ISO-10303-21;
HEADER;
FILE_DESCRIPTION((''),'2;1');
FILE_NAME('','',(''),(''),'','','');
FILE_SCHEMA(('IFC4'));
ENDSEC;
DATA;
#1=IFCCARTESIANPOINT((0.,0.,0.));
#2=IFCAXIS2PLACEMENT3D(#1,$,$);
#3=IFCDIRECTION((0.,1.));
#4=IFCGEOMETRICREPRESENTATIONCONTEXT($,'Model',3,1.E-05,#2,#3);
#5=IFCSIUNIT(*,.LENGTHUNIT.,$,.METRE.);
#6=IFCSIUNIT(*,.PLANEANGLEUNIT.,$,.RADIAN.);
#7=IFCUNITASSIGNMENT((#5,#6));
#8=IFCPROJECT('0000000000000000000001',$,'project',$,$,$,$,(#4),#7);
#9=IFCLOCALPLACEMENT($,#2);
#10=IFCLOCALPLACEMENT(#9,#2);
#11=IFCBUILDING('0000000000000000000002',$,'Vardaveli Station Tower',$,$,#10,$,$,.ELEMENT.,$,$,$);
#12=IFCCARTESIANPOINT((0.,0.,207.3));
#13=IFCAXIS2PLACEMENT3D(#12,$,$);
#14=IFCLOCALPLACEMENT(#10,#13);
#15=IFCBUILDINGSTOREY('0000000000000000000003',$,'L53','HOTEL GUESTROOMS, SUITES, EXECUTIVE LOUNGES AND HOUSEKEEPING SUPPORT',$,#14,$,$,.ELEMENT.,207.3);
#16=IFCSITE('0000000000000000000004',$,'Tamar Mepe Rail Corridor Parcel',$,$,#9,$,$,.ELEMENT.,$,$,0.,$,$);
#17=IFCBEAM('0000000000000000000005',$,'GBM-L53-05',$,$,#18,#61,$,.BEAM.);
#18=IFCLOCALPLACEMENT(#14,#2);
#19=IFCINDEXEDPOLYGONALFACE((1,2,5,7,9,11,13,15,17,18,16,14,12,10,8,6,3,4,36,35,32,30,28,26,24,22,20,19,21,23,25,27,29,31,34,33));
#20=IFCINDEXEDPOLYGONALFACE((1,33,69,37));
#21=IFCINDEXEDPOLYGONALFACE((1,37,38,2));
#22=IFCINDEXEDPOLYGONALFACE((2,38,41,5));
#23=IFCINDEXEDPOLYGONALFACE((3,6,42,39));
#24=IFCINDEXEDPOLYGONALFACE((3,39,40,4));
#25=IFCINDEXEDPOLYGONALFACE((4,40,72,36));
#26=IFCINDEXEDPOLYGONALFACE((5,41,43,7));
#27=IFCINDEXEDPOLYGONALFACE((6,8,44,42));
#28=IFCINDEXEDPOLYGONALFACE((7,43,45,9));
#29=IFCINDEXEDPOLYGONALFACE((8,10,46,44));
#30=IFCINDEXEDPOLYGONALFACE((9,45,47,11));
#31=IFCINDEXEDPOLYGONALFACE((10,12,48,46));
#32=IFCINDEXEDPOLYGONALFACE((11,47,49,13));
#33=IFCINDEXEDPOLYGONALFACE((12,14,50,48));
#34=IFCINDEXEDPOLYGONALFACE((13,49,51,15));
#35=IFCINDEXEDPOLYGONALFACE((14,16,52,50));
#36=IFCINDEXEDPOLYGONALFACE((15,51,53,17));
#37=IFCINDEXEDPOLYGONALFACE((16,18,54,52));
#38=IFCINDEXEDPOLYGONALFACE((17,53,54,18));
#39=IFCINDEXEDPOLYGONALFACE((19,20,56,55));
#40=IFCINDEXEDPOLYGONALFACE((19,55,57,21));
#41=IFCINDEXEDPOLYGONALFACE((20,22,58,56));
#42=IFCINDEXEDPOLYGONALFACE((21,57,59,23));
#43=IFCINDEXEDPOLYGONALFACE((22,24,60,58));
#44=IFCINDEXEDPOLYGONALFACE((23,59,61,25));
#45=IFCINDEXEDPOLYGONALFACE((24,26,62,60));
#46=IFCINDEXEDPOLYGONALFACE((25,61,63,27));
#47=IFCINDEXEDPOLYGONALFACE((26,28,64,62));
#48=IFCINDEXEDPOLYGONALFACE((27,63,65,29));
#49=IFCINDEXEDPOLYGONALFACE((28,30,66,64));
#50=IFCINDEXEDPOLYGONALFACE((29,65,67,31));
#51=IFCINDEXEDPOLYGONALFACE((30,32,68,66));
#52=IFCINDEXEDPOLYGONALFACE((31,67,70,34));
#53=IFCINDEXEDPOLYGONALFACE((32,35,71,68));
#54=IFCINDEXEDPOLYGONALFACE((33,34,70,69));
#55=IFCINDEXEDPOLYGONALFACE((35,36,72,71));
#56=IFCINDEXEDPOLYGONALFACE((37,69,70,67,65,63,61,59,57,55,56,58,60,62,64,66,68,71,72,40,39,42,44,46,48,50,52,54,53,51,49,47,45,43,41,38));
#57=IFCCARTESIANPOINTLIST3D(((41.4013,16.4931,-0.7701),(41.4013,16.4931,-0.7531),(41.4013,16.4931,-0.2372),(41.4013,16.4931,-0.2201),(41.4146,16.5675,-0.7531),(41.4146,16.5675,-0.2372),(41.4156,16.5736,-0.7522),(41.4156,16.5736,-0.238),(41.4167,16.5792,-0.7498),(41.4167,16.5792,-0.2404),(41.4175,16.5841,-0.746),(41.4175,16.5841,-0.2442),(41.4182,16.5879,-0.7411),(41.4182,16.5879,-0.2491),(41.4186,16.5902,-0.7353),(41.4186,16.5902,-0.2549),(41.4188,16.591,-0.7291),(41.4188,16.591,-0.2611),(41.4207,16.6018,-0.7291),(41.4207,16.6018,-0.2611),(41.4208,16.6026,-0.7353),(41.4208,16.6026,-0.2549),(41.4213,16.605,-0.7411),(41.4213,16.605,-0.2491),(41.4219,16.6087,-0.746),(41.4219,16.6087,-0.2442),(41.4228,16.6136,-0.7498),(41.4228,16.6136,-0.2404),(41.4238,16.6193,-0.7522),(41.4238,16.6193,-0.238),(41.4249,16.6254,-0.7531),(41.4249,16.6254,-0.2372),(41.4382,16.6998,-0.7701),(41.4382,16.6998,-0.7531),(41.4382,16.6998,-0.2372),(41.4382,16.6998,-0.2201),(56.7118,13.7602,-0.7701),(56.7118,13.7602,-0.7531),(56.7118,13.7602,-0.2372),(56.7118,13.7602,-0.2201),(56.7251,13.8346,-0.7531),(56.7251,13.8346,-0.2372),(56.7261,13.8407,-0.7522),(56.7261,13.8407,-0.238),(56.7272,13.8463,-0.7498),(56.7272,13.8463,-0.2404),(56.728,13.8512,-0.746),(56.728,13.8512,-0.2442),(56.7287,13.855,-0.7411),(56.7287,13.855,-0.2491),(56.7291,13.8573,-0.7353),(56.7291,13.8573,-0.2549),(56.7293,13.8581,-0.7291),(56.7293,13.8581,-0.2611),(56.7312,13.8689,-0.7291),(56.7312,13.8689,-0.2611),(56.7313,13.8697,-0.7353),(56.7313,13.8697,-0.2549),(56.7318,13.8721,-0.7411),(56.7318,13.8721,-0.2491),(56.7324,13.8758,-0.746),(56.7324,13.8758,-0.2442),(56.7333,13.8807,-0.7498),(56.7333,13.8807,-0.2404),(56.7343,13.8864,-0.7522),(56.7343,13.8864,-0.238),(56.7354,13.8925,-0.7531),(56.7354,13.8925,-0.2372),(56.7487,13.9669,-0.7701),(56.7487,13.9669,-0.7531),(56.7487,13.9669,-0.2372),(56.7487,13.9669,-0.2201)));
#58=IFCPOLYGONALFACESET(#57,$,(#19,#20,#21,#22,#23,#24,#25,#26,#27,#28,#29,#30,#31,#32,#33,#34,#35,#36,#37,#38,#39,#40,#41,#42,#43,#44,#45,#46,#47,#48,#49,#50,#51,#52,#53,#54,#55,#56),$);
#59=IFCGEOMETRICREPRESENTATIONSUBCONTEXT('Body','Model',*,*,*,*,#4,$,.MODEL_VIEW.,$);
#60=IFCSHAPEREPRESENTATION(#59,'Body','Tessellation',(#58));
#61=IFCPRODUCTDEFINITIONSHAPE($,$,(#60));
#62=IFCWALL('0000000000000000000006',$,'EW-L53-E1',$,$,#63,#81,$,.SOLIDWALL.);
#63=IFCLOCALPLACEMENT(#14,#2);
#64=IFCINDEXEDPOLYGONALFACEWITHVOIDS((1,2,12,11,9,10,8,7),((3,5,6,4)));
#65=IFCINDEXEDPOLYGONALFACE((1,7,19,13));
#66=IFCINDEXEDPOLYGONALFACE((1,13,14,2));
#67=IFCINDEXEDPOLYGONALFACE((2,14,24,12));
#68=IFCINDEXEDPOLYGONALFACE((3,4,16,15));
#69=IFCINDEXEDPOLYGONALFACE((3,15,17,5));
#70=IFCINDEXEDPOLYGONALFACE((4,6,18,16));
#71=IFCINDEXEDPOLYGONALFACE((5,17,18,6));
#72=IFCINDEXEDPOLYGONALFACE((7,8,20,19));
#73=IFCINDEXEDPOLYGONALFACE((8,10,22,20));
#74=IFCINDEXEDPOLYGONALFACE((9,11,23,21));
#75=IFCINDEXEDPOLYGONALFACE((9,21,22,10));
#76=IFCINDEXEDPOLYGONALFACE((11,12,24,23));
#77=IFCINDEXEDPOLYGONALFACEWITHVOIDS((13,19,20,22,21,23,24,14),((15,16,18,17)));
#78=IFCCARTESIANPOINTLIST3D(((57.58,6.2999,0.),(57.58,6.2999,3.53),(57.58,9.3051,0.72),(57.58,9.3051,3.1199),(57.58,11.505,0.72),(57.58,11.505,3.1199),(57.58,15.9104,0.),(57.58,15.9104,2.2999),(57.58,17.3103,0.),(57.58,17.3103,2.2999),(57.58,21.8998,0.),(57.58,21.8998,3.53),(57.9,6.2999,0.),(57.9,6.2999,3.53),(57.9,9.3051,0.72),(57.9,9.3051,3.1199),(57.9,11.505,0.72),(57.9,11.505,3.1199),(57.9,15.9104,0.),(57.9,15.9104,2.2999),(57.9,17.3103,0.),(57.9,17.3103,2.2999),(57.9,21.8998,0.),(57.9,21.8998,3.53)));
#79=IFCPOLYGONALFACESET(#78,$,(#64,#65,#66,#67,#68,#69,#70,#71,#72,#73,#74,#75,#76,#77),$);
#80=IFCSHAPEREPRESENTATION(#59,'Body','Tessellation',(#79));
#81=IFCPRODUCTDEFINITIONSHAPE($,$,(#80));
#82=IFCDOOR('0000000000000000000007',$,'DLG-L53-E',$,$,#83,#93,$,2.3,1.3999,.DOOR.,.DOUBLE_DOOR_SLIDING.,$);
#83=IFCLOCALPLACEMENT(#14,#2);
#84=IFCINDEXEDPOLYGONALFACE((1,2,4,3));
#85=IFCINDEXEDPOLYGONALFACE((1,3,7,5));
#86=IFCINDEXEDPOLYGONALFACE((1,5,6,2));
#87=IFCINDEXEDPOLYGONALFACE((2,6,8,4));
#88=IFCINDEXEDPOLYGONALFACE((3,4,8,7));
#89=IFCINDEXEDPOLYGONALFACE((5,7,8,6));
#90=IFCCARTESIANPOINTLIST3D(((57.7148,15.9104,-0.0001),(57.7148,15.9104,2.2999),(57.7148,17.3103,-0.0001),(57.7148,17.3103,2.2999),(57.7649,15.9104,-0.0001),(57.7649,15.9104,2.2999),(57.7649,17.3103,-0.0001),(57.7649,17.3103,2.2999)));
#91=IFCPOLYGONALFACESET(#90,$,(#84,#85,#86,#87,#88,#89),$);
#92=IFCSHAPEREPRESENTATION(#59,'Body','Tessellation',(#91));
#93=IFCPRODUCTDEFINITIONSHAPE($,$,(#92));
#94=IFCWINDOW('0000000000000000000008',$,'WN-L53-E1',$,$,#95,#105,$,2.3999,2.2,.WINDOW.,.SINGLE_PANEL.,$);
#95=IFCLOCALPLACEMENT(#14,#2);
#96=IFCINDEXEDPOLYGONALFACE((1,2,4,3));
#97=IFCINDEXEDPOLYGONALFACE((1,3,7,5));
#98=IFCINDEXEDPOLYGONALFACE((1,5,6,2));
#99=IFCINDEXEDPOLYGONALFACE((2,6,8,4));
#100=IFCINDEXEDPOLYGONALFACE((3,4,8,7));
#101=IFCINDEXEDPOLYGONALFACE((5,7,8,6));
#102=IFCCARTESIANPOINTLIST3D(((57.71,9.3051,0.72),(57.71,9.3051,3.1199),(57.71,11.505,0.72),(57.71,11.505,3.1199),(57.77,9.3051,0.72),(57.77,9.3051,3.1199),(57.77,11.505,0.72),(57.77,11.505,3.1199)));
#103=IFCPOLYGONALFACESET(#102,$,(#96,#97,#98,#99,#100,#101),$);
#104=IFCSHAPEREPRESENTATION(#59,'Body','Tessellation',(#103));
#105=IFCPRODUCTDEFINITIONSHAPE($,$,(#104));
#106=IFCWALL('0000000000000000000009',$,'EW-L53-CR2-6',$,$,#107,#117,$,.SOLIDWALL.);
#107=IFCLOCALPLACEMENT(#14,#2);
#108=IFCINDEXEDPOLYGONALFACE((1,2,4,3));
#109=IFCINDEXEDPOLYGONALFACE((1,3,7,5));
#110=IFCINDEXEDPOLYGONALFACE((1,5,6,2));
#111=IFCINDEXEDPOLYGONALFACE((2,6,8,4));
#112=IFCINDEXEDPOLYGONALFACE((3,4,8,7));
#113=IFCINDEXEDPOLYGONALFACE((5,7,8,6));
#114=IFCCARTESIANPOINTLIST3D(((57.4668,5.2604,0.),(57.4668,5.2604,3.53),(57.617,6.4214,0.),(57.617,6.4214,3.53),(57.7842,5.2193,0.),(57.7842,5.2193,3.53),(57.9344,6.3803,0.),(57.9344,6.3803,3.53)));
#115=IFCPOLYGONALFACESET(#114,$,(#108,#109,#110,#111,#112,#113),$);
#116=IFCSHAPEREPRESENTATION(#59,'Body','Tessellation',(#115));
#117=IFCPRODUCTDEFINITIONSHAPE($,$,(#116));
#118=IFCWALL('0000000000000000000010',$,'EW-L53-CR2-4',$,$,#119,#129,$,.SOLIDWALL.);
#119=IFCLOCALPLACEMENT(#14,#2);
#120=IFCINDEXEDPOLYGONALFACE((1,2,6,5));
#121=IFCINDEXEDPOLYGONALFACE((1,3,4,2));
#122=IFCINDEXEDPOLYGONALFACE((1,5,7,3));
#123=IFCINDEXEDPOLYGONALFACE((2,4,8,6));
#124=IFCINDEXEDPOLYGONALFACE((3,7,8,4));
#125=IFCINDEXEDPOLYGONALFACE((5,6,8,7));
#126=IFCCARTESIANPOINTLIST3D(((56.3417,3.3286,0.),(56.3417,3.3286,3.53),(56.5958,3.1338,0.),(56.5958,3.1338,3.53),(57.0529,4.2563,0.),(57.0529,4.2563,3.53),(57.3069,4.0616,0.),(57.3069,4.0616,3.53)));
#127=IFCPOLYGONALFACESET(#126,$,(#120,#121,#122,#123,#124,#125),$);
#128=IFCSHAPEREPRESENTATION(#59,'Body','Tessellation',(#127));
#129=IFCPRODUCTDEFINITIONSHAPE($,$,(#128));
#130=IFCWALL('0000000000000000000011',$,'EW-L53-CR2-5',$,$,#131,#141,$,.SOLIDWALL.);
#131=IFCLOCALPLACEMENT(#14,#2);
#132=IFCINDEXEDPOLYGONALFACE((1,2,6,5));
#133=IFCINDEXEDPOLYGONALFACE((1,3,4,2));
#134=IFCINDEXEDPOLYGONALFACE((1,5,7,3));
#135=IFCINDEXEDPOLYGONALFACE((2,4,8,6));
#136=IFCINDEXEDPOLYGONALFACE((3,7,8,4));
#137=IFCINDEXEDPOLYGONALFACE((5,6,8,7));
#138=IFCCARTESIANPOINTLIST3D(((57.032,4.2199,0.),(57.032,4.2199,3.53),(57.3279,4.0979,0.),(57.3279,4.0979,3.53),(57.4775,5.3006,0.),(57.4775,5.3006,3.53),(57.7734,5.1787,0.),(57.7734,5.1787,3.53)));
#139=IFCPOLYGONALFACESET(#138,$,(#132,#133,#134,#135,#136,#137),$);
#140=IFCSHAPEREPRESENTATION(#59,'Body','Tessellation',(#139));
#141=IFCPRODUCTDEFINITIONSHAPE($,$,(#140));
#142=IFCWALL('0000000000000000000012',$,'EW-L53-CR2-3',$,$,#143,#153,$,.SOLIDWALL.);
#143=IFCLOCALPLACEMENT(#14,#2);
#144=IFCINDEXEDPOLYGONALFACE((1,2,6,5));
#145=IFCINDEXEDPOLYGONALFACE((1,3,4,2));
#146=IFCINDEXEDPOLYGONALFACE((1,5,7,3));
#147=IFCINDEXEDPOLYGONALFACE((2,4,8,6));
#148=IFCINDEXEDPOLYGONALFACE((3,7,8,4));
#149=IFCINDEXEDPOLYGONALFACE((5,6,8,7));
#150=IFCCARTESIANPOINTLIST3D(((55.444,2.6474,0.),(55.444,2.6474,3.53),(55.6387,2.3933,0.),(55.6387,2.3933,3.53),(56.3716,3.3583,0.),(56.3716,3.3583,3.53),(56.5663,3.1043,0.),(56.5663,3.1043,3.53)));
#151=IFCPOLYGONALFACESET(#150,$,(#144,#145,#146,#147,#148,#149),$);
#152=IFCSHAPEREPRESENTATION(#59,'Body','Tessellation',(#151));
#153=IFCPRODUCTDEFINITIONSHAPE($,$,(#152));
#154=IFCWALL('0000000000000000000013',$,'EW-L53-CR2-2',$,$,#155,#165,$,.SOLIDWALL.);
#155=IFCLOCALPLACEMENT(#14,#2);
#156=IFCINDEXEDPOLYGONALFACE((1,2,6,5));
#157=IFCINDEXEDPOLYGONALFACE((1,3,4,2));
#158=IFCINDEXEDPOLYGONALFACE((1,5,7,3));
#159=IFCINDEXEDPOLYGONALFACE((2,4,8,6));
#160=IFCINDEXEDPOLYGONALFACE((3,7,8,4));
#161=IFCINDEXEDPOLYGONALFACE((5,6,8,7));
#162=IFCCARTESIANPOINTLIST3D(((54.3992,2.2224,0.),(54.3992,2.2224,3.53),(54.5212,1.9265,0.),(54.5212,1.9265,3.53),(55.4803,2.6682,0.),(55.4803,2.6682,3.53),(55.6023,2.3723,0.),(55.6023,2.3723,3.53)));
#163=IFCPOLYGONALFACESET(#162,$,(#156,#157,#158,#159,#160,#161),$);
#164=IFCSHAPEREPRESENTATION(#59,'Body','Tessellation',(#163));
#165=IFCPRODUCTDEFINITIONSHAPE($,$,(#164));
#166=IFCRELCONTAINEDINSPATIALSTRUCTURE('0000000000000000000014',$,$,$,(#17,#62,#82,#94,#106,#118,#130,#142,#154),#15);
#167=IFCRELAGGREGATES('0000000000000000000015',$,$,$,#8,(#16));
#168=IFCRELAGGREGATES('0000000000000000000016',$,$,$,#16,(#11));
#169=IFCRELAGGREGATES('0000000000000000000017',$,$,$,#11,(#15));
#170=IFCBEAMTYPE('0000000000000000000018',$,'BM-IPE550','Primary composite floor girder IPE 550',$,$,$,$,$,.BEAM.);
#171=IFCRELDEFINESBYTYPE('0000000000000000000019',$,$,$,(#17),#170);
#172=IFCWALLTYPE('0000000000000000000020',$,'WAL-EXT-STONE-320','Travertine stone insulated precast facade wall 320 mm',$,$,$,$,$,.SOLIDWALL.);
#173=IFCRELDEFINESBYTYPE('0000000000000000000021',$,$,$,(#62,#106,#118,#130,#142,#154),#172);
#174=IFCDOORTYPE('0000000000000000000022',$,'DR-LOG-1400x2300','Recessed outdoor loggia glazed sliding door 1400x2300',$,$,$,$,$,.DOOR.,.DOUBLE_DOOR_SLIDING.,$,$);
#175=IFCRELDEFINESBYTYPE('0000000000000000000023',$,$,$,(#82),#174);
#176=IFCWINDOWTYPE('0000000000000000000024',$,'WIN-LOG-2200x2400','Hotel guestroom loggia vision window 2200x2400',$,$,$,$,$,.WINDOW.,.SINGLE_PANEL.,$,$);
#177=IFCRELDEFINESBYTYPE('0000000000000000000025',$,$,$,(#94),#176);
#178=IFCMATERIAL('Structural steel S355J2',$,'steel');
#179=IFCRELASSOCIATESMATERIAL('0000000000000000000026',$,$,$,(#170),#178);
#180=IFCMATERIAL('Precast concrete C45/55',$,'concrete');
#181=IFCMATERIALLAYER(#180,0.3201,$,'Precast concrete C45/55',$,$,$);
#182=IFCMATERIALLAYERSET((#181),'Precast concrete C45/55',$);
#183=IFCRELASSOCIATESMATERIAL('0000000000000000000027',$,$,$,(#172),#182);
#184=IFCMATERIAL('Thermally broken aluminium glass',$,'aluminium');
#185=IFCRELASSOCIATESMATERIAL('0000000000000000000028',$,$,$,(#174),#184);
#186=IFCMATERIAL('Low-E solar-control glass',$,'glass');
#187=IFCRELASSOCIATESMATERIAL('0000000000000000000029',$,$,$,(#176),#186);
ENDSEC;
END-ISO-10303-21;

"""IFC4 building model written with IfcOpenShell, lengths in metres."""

from ifc_helpers import new_model, si_unit, direction, frame, frame_2d, origin, origin_2d, place, context, subcontext, project, spatial, rectangle, i_section, extrude, source, transform, mapped, material, layer, layer_set, material_profile, profile_set, type_object, element, fill, save


model = new_model("IFC4")

# Units and contexts
model_context = context("Model", 3, precision=1e-05, world=origin(), true_north=direction((0.0, 1.0)))
body_context = subcontext(model_context, "Body", "Model", "MODEL_VIEW")
ifc_project = project(units=[si_unit("LENGTHUNIT", "METRE"), si_unit("PLANEANGLEUNIT", "RADIAN")], contexts=[model_context])

# Site, building, storey
site_placement = place(None, origin())
site = spatial("IfcSite", under=ifc_project, at=site_placement, Name="Tamar Mepe Rail Corridor Parcel", CompositionType="ELEMENT", RefElevation=0.0)
building_placement = place(site_placement, origin())
building = spatial("IfcBuilding", under=site, at=building_placement, Name="Vardaveli Station Tower", CompositionType="ELEMENT")
storey_placement = place(building_placement, frame((0.0, 0.0, 207.3)))
storey = spatial("IfcBuildingStorey", under=building, at=storey_placement, Name="L53", Description="HOTEL GUESTROOMS, SUITES, EXECUTIVE LOUNGES AND HOUSEKEEPING SUPPORT", CompositionType="ELEMENT", Elevation=207.3)

# Beam
ifc_material_1 = material(Name="Precast concrete C45/55", Category="concrete")
ifc_material_2 = material(Name="Structural steel S355J2", Category="steel")
ifc_material_profile_1 = material_profile(ifc_material_2, i_section(OverallWidth=0.21, OverallDepth=0.55, WebThickness=0.011, FlangeThickness=0.0171, FilletRadius=0.0239, at=origin_2d()), Name="IPE 550")
ifc_profile_set_1 = profile_set([ifc_material_profile_1], Name="Structural steel S355J2")
beam_type_1 = type_object("IfcBeamType", Name="BM-IPE550", Description="Primary composite floor girder IPE 550", PredefinedType="BEAM", material=ifc_profile_set_1)
shared_shape_1 = source(origin(), body_context, "Body", "SweptSolid", [
    extrude(i_section(OverallWidth=0.21, OverallDepth=0.55, WebThickness=0.011, FlangeThickness=0.0171, FilletRadius=0.0239, at=origin_2d()), origin(), (0.0, 0.0, 1.0), 15.5525),
])
beam_1_placement = place(storey_placement, frame((56.7302, 13.8635, -0.4951), z_axis=(-0.98444, 0.175721, 0.0), x_axis=(-0.175721, -0.98444, 0.0)))
element("IfcBeam", 1, at=beam_1_placement, inside=storey, type_object=beam_type_1, Name="GBM-L53-05", PredefinedType="BEAM", context=body_context, shape_type="MappedRepresentation", body=[
    mapped(shared_shape_1, transform((0.0, 0.0, 0.0), scale=1.0)),
])

# Wall, openings, door, window
ifc_layer_1 = layer(ifc_material_1, 0.3201, Name="Precast concrete C45/55")
ifc_layer_set_1 = layer_set([ifc_layer_1], Name="Precast concrete C45/55")
wall_type_1 = type_object("IfcWallType", Name="WAL-EXT-STONE-320", Description="Travertine stone insulated precast facade wall 320 mm", PredefinedType="SOLIDWALL", material=ifc_layer_set_1)
shared_shape_2 = source(origin(), body_context, "Body", "SweptSolid", [
    extrude(rectangle(XDim=15.5999, YDim=0.3201, at=frame_2d((7.7998, 0.0))), origin(), (0.0, 0.0, 1.0), 3.53),
])
wall_1_placement = place(storey_placement, frame((57.74, 6.3, 0.0), z_axis=(0.0, 0.0, 1.0), x_axis=(0.0, 1.0, 0.0)))
wall_1 = element("IfcWall", 2, at=wall_1_placement, inside=storey, type_object=wall_type_1, Name="EW-L53-E1", PredefinedType="SOLIDWALL", context=body_context, shape_type="MappedRepresentation", body=[
    mapped(shared_shape_2, transform((0.0, 0.0, 0.0), scale=1.0)),
])
shared_shape_3 = source(origin(), body_context, "Body", "SweptSolid", [
    extrude(rectangle(XDim=1.3999, YDim=2.3, at=frame_2d((0.7, 1.1499))), frame((0.0, 0.1699, 0.0), z_axis=(0.0, -1.0, 0.0), x_axis=(1.0, 0.0, 0.0)), (0.0, 0.0, 1.0), 0.3401),
])
opening_1_placement = place(wall_1_placement, frame((9.6104, 0.0, 0.0)))
opening_1 = element("IfcOpeningElement", 3, at=opening_1_placement, cuts=wall_1, PredefinedType="OPENING", context=body_context, shape_type="MappedRepresentation", body=[
    mapped(shared_shape_3, transform((0.0, 0.0, 0.0), scale=1.0)),
])
shared_shape_4 = source(origin(), body_context, "Body", "SweptSolid", [
    extrude(rectangle(XDim=2.2, YDim=2.3999, at=frame_2d((1.1001, 1.2))), frame((0.0, 0.1699, 0.0), z_axis=(0.0, -1.0, 0.0), x_axis=(1.0, 0.0, 0.0)), (0.0, 0.0, 1.0), 0.3401),
])
opening_2_placement = place(wall_1_placement, frame((3.0049, 0.0, 0.72)))
opening_2 = element("IfcOpeningElement", 4, at=opening_2_placement, cuts=wall_1, PredefinedType="OPENING", context=body_context, shape_type="MappedRepresentation", body=[
    mapped(shared_shape_4, transform((0.0, 0.0, 0.0), scale=1.0)),
])
ifc_material_3 = material(Name="Thermally broken aluminium glass", Category="aluminium")
door_type_1 = type_object("IfcDoorType", Name="DR-LOG-1400x2300", Description="Recessed outdoor loggia glazed sliding door 1400x2300", OperationType="DOUBLE_DOOR_SLIDING", PredefinedType="DOOR", material=ifc_material_3)
shared_shape_5 = source(origin(), body_context, "Body", "SweptSolid", [
    extrude(rectangle(XDim=1.3999, YDim=2.3, at=frame_2d((0.7, 1.1499))), frame((0.0, 0.0249, 0.0), z_axis=(0.0, -1.0, 0.0), x_axis=(1.0, 0.0, 0.0)), (0.0, 0.0, 1.0), 0.05),
])
door_1_placement = place(opening_1_placement, frame((1.3999, 0.0, 0.0), z_axis=(0.0, 0.0, 1.0), x_axis=(-1.0, 0.0, 0.0)))
door_1 = element("IfcDoor", 5, at=door_1_placement, inside=storey, type_object=door_type_1, Name="DLG-L53-E", OperationType="DOUBLE_DOOR_SLIDING", OverallHeight=2.3, OverallWidth=1.3999, PredefinedType="DOOR", context=body_context, shape_type="MappedRepresentation", body=[
    mapped(shared_shape_5, transform((0.0, 0.0, 0.0), scale=1.0)),
])
fill(opening_1, door_1)
ifc_material_4 = material(Name="Low-E solar-control glass", Category="glass")
window_type = type_object("IfcWindowType", Name="WIN-LOG-2200x2400", Description="Hotel guestroom loggia vision window 2200x2400", PartitioningType="SINGLE_PANEL", PredefinedType="WINDOW", material=ifc_material_4)
shared_shape_6 = source(origin(), body_context, "Body", "SweptSolid", [
    extrude(rectangle(XDim=2.2, YDim=2.3999, at=frame_2d((1.1001, 1.2))), frame((0.0, 0.03, 0.0), z_axis=(0.0, -1.0, 0.0), x_axis=(1.0, 0.0, 0.0)), (0.0, 0.0, 1.0), 0.0601),
])
window_placement = place(opening_2_placement, origin())
window = element("IfcWindow", 6, at=window_placement, inside=storey, type_object=window_type, Name="WN-L53-E1", OverallHeight=2.3999, OverallWidth=2.2, PartitioningType="SINGLE_PANEL", PredefinedType="WINDOW", context=body_context, shape_type="MappedRepresentation", body=[
    mapped(shared_shape_6, transform((0.0, 0.0, 0.0), scale=1.0)),
])
fill(opening_2, window)

# Walls
shared_shape_7 = source(origin(), body_context, "Body", "SweptSolid", [
    extrude(rectangle(XDim=1.1707, YDim=0.3201, at=frame_2d((0.5854, 0.0))), origin(), (0.0, 0.0, 1.0), 3.53),
])
wall_2_placement = place(storey_placement, frame((57.6255, 5.2397, 0.0), z_axis=(0.0, 0.0, 1.0), x_axis=(0.128269, 0.991739, 0.0)))
element("IfcWall", 7, at=wall_2_placement, inside=storey, type_object=wall_type_1, Name="EW-L53-CR2-6", PredefinedType="SOLIDWALL", context=body_context, shape_type="MappedRepresentation", body=[
    mapped(shared_shape_7, transform((0.0, 0.0, 0.0), scale=1.0)),
])
shared_shape_8 = source(origin(), body_context, "Body", "SweptSolid", [
    extrude(rectangle(XDim=1.1689, YDim=0.3201, at=frame_2d((0.5845, 0.0))), origin(), (0.0, 0.0, 1.0), 3.53),
])
for number, where, z_axis, x_axis, name in (
    (8, (56.4688, 3.2312, 0.0), (0.0, 0.0, 1.0), (0.608388, 0.79364, 0.0), "EW-L53-CR2-4"),
    (9, (57.1799, 4.1589, 0.0), (0.0, 0.0, 1.0), (0.381128, 0.924522, 0.0), "EW-L53-CR2-5"),
):
    element("IfcWall", number, at=place(storey_placement, frame(where, z_axis=z_axis, x_axis=x_axis)), inside=storey, type_object=wall_type_1, Name=name, PredefinedType="SOLIDWALL", context=body_context, shape_type="MappedRepresentation", body=[
        mapped(shared_shape_8, transform((0.0, 0.0, 0.0), scale=1.0)),
    ])
shared_shape_9 = source(origin(), body_context, "Body", "SweptSolid", [
    extrude(rectangle(XDim=1.1687, YDim=0.3201, at=frame_2d((0.5845, 0.0))), origin(), (0.0, 0.0, 1.0), 3.53),
])
wall_3_placement = place(storey_placement, frame((55.5413, 2.5203, 0.0), z_axis=(0.0, 0.0, 1.0), x_axis=(0.793664, 0.608357, 0.0)))
element("IfcWall", 10, at=wall_3_placement, inside=storey, type_object=wall_type_1, Name="EW-L53-CR2-3", PredefinedType="SOLIDWALL", context=body_context, shape_type="MappedRepresentation", body=[
    mapped(shared_shape_9, transform((0.0, 0.0, 0.0), scale=1.0)),
])
shared_shape_10 = source(origin(), body_context, "Body", "SweptSolid", [
    extrude(rectangle(XDim=1.1694, YDim=0.3201, at=frame_2d((0.5847, 0.0))), origin(), (0.0, 0.0, 1.0), 3.53),
])
wall_4_placement = place(storey_placement, frame((54.4602, 2.0745, 0.0), z_axis=(0.0, 0.0, 1.0), x_axis=(0.924479, 0.381233, 0.0)))
element("IfcWall", 11, at=wall_4_placement, inside=storey, type_object=wall_type_1, Name="EW-L53-CR2-2", PredefinedType="SOLIDWALL", context=body_context, shape_type="MappedRepresentation", body=[
    mapped(shared_shape_10, transform((0.0, 0.0, 0.0), scale=1.0)),
])

save(model, "model.ifc")
